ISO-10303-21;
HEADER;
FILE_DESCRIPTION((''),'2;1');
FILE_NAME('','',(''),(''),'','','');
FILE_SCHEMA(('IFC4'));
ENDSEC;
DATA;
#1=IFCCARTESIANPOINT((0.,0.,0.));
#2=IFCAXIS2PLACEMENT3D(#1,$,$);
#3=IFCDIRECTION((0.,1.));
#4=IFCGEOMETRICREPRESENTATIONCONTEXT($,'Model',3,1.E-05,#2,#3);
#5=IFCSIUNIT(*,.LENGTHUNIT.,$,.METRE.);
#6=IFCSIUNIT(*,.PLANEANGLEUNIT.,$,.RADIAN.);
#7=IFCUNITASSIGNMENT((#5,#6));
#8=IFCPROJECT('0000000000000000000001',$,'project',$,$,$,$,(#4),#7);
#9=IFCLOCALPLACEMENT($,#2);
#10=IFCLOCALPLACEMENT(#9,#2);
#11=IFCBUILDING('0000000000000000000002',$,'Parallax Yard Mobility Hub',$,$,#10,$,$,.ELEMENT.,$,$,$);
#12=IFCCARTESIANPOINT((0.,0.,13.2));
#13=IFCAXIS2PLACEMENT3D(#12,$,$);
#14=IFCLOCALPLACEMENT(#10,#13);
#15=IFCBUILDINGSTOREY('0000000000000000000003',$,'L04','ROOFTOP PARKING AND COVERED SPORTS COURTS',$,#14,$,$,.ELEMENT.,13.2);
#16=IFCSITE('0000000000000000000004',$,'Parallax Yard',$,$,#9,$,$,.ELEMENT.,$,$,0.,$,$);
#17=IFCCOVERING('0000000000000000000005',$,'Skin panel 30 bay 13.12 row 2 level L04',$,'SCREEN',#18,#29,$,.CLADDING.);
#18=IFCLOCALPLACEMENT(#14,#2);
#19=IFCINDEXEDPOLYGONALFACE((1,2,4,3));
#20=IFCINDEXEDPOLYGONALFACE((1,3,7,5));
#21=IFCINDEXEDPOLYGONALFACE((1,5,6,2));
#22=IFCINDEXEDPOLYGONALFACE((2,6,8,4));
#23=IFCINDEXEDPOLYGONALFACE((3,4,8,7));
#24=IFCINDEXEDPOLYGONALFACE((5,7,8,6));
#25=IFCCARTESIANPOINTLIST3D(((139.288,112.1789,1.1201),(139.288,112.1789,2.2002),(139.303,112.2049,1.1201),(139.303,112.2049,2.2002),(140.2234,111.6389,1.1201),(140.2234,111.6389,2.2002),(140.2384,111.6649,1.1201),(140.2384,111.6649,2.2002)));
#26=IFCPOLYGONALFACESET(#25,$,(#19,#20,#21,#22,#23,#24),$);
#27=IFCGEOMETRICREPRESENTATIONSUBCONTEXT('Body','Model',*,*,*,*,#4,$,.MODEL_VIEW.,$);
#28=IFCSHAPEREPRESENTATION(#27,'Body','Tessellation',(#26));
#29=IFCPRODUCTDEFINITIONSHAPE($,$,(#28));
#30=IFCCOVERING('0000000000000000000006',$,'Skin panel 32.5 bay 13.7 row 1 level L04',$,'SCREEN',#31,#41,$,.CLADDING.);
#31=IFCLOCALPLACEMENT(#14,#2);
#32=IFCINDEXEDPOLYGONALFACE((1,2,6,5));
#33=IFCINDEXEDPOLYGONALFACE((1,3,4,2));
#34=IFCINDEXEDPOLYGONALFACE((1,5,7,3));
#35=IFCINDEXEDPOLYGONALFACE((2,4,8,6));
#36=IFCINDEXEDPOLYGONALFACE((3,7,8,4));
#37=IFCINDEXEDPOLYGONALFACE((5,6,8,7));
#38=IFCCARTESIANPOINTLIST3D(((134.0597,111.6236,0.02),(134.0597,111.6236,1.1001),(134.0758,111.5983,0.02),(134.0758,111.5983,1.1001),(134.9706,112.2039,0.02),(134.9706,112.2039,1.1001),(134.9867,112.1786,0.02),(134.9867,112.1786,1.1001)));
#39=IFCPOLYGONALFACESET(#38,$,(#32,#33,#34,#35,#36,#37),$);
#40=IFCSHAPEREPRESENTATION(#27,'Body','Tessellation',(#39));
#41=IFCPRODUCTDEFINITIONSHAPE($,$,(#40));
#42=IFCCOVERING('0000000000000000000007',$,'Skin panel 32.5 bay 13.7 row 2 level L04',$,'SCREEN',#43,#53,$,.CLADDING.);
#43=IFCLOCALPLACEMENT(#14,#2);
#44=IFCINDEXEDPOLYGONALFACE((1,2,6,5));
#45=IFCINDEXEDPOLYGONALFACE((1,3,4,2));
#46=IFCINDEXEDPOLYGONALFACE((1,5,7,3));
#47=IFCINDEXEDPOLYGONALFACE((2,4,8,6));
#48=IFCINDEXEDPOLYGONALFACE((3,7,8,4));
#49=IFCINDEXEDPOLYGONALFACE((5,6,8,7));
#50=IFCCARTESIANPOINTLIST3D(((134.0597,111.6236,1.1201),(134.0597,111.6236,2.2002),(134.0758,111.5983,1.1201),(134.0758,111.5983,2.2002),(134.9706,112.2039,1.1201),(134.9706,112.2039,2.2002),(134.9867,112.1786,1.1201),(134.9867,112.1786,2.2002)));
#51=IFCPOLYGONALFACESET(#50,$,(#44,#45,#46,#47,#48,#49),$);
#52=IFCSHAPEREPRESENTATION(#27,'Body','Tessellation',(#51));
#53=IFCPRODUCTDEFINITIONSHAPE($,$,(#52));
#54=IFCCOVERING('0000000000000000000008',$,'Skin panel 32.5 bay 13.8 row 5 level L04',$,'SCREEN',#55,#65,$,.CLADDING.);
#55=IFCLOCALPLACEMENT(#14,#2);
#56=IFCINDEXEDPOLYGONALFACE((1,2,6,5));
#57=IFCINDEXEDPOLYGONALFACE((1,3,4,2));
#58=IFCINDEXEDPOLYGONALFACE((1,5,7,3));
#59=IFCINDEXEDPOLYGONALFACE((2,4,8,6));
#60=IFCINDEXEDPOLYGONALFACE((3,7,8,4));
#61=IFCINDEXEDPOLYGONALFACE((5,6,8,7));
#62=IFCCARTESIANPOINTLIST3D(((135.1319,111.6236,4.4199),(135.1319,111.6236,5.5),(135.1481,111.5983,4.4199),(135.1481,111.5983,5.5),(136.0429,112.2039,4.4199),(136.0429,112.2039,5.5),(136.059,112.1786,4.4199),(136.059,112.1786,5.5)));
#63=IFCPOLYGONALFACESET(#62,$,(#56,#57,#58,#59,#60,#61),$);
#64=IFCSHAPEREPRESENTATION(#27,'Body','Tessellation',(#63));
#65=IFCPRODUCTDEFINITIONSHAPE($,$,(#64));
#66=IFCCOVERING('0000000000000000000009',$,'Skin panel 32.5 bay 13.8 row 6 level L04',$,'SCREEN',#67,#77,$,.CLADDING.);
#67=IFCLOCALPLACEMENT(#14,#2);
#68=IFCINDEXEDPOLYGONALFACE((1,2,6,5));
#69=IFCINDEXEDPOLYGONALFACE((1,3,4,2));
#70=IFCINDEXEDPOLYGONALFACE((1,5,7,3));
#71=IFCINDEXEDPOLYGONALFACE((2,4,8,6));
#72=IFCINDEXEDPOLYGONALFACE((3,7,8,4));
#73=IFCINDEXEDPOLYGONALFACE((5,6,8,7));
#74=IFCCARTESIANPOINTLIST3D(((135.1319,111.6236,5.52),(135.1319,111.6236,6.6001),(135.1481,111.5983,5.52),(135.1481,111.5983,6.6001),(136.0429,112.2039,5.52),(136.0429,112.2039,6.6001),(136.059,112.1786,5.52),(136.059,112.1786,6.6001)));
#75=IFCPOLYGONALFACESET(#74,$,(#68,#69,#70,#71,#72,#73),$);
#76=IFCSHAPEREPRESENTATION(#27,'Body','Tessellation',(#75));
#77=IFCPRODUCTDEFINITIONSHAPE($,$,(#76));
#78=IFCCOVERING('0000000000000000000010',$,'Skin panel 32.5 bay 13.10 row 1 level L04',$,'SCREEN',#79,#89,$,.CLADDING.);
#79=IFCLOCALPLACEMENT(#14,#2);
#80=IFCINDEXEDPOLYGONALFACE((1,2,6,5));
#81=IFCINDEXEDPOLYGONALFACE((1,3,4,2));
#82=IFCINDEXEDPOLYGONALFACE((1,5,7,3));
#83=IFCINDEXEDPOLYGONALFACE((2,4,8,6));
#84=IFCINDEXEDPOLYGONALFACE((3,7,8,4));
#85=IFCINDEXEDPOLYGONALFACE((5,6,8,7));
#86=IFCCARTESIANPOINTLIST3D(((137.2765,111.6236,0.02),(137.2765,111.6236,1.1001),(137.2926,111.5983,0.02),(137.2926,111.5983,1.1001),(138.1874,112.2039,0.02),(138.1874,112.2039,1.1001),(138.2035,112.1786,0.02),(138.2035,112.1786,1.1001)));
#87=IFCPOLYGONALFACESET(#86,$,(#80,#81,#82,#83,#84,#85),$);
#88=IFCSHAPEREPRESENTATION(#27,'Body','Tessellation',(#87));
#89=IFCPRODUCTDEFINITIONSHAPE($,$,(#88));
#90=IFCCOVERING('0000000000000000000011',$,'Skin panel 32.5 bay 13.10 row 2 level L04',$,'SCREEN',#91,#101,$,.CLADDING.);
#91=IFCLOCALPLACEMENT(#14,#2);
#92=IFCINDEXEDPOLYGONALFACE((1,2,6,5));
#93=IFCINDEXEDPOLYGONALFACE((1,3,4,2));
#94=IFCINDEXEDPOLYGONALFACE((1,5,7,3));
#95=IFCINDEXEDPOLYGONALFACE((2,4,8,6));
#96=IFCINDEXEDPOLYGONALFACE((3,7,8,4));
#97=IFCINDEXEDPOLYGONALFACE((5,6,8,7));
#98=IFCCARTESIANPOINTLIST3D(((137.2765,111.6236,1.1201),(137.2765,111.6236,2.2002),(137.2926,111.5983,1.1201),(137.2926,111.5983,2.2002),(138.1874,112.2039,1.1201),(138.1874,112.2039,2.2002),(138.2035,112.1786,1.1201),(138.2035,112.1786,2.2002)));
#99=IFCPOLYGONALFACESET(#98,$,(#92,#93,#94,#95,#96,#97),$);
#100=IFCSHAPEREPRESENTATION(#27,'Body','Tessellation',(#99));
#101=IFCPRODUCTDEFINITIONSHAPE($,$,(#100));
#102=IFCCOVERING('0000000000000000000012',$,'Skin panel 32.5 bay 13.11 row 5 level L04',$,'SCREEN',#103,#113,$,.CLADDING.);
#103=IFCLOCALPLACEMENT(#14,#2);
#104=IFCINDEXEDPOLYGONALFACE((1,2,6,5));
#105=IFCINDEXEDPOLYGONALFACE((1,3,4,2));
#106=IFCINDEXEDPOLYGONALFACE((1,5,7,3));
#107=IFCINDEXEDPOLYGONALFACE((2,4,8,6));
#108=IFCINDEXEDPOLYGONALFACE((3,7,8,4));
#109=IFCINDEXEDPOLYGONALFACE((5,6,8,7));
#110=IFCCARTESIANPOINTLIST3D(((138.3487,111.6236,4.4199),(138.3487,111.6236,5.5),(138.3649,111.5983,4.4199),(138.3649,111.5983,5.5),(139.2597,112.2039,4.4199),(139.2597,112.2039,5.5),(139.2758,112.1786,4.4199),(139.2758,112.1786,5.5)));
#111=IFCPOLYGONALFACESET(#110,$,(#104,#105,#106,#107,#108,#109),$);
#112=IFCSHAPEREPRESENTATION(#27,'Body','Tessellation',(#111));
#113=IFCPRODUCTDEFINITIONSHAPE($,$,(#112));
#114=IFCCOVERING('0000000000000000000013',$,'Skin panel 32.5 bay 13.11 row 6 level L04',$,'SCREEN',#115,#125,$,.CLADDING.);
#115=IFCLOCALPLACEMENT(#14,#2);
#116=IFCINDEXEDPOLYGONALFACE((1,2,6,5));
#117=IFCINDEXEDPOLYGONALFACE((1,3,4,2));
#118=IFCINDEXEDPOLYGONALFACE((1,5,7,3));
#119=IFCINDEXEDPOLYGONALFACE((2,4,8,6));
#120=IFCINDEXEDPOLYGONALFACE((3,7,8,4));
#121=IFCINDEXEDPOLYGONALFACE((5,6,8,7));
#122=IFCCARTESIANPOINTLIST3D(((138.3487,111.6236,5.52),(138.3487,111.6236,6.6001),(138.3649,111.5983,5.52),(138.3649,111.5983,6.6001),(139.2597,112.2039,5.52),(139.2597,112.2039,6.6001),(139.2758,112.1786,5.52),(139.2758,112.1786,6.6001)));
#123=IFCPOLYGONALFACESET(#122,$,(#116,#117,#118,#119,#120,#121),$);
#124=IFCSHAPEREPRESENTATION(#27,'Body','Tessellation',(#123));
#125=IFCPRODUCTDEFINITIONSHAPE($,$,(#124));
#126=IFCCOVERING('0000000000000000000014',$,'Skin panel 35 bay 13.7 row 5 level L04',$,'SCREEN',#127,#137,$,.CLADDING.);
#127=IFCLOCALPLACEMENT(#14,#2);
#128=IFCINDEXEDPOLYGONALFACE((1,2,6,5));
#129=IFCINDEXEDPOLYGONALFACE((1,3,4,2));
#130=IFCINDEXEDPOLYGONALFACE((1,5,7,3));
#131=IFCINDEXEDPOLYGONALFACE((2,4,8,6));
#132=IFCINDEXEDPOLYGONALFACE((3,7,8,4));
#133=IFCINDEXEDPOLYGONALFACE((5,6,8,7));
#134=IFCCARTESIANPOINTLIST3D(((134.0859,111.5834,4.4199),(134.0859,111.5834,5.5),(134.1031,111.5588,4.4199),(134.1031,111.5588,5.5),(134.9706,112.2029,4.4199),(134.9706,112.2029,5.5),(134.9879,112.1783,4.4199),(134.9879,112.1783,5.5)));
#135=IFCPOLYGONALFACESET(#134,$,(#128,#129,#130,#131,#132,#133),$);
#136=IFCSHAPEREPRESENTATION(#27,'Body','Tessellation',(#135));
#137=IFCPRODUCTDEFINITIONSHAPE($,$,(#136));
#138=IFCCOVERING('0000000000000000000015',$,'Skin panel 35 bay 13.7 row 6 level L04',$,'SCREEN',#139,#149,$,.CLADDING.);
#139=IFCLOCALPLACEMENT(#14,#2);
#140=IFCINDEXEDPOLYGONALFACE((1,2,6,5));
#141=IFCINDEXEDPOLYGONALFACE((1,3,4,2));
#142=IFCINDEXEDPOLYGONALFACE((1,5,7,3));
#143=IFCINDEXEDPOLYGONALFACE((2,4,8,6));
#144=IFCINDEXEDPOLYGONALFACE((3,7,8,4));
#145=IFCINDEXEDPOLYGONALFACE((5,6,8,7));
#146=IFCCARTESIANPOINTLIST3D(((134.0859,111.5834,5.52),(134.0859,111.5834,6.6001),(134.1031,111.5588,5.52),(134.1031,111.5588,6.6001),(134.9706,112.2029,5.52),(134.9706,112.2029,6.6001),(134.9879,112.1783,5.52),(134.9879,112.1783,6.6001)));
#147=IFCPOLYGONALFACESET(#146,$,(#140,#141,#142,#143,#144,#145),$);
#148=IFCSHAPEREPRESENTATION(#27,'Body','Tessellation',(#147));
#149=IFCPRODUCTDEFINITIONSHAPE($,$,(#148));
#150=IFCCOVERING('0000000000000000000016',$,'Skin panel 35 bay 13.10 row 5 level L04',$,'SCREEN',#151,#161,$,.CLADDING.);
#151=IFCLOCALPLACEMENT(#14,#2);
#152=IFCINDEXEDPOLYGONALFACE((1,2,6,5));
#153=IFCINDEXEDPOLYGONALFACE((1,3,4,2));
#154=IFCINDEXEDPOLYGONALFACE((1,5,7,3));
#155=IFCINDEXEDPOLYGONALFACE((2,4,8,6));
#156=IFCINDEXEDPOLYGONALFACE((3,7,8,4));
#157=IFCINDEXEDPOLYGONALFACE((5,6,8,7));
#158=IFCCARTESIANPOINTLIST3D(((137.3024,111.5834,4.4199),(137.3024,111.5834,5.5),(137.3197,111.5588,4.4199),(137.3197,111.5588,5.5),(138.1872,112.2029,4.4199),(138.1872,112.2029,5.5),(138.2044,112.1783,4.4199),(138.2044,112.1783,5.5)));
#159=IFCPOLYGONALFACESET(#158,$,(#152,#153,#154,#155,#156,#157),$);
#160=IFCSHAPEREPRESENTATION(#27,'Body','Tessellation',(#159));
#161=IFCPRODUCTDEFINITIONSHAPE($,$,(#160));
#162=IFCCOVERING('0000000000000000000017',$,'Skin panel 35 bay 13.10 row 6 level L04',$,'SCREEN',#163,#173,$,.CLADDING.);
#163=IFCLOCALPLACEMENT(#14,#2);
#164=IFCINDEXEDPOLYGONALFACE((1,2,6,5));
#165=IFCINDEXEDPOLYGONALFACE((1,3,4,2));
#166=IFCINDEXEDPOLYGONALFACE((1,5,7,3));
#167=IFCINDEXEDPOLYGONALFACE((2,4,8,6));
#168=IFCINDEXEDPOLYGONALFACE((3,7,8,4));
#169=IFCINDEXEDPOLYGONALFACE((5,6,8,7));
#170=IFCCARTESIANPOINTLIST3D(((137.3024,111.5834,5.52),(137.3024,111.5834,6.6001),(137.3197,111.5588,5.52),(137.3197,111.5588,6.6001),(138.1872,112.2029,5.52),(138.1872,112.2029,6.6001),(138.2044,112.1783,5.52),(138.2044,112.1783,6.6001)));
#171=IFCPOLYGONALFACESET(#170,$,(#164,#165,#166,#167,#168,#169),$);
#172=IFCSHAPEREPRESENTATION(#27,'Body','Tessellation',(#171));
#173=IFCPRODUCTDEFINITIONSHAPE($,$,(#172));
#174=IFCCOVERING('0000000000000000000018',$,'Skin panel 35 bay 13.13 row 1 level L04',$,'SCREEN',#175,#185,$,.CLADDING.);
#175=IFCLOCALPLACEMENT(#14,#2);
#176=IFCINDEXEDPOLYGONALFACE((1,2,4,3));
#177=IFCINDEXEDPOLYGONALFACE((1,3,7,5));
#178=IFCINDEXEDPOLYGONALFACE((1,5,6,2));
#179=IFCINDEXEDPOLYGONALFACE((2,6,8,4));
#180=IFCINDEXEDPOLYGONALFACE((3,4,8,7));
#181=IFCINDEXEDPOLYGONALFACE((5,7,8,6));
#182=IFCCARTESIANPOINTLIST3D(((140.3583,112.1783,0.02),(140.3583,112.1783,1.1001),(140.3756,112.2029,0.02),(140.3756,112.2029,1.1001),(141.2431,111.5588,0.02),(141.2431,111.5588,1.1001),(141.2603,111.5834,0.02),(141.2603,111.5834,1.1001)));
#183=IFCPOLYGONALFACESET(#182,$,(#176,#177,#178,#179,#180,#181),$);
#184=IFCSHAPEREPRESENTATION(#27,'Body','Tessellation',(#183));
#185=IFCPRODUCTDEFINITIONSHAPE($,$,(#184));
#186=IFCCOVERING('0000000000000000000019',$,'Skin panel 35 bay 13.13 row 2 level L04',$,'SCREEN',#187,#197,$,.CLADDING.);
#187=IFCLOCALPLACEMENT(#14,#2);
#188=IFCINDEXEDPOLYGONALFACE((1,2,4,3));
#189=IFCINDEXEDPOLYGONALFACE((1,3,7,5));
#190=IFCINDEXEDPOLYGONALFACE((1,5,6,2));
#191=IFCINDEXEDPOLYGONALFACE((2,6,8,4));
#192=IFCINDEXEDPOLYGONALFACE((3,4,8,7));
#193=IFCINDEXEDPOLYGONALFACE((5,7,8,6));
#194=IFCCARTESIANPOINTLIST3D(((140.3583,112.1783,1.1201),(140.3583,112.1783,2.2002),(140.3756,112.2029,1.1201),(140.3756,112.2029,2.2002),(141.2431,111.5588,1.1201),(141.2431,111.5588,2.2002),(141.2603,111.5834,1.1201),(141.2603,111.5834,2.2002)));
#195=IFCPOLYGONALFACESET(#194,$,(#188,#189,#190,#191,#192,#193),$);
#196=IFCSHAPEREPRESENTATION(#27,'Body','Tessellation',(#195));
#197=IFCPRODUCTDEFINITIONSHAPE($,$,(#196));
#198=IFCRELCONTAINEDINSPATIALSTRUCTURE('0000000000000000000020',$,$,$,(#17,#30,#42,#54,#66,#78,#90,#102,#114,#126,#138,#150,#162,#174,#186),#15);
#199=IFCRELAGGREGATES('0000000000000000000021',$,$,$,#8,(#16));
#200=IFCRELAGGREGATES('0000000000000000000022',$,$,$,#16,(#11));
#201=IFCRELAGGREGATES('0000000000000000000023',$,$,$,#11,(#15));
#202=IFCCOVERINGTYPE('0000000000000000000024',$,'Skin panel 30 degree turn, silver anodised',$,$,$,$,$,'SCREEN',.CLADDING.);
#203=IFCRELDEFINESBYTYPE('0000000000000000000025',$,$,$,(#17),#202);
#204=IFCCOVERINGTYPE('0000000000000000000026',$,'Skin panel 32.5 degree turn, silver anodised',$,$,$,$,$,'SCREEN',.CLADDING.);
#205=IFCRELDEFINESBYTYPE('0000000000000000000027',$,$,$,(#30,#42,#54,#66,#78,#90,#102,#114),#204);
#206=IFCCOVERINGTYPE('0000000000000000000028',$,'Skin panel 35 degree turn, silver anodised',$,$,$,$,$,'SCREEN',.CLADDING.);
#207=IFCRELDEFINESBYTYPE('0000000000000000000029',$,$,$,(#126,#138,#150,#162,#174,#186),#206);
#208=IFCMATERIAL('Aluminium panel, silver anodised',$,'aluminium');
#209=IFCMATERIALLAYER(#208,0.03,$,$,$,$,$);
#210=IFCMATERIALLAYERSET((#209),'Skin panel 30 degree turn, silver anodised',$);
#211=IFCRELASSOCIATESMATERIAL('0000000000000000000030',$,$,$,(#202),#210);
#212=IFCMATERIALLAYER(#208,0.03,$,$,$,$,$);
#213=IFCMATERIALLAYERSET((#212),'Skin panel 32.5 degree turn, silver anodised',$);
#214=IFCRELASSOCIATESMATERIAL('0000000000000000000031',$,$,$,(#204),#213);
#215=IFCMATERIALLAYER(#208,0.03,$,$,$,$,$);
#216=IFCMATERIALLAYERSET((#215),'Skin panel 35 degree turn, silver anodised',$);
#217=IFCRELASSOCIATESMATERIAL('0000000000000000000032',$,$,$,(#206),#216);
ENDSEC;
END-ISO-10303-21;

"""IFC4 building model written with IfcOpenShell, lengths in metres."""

from ifc_helpers import new_model, si_unit, direction, frame, origin, origin_2d, place, context, subcontext, project, spatial, rectangle, extrude, material, layer, layer_set, type_object, element, save


model = new_model("IFC4")

# Units and contexts
model_context = context("Model", 3, precision=1e-05, world=origin(), true_north=direction((0.0, 1.0)))
body_context = subcontext(model_context, "Body", "Model", "MODEL_VIEW")
ifc_project = project(units=[si_unit("LENGTHUNIT", "METRE"), si_unit("PLANEANGLEUNIT", "RADIAN")], contexts=[model_context])

# Site, building, storey
site_placement = place(None, origin())
site = spatial("IfcSite", under=ifc_project, at=site_placement, Name="Parallax Yard", CompositionType="ELEMENT", RefElevation=0.0)
building_placement = place(site_placement, origin())
building = spatial("IfcBuilding", under=site, at=building_placement, Name="Parallax Yard Mobility Hub", CompositionType="ELEMENT")
storey_placement = place(building_placement, frame((0.0, 0.0, 13.2)))
storey = spatial("IfcBuildingStorey", under=building, at=storey_placement, Name="L04", Description="ROOFTOP PARKING AND COVERED SPORTS COURTS", CompositionType="ELEMENT", Elevation=13.2)

# Coverings
ifc_material = material(Name="Aluminium panel, silver anodised", Category="aluminium")
ifc_layer_1 = layer(ifc_material, 0.03)
ifc_layer_set_1 = layer_set([ifc_layer_1], Name="Skin panel 30 degree turn, silver anodised")
covering_type_1 = type_object("IfcCoveringType", Name="Skin panel 30 degree turn, silver anodised", ElementType="SCREEN", PredefinedType="CLADDING", material=ifc_layer_set_1)
for number, where, z_axis, x_axis, name in (
    (1, (139.7632, 111.9219, 1.1201), (0.0, 0.0, 1.0), (0.866025, -0.5, 0.0), "Skin panel 30 bay 13.12 row 2 level L04"),
):
    element("IfcCovering", number, at=place(storey_placement, frame(where, z_axis=z_axis, x_axis=x_axis)), inside=storey, type_object=covering_type_1, Name=name, ObjectType="SCREEN", PredefinedType="CLADDING", context=body_context, shape_type="SweptSolid", body=[
        extrude(rectangle(XDim=1.0801, YDim=0.03, at=origin_2d()), origin(), (0.0, 0.0, 1.0), 1.0801),
    ])
ifc_layer_2 = layer(ifc_material, 0.03)
ifc_layer_set_2 = layer_set([ifc_layer_2], Name="Skin panel 32.5 degree turn, silver anodised")
covering_type_2 = type_object("IfcCoveringType", Name="Skin panel 32.5 degree turn, silver anodised", ElementType="SCREEN", PredefinedType="CLADDING", material=ifc_layer_set_2)
for number, where, z_axis, x_axis, name in (
    (2, (134.5232, 111.9011, 0.02), (0.0, 0.0, 1.0), (-0.843391, -0.5373, 0.0), "Skin panel 32.5 bay 13.7 row 1 level L04"),
    (3, (134.5232, 111.9011, 1.1201), (0.0, 0.0, 1.0), (-0.843391, -0.5373, 0.0), "Skin panel 32.5 bay 13.7 row 2 level L04"),
    (4, (135.5955, 111.9011, 4.4199), (0.0, 0.0, 1.0), (-0.843391, -0.5373, 0.0), "Skin panel 32.5 bay 13.8 row 5 level L04"),
    (5, (135.5955, 111.9011, 5.52), (0.0, 0.0, 1.0), (-0.843391, -0.5373, 0.0), "Skin panel 32.5 bay 13.8 row 6 level L04"),
    (6, (137.74, 111.9011, 0.02), (0.0, 0.0, 1.0), (-0.843391, -0.5373, 0.0), "Skin panel 32.5 bay 13.10 row 1 level L04"),
    (7, (137.74, 111.9011, 1.1201), (0.0, 0.0, 1.0), (-0.843391, -0.5373, 0.0), "Skin panel 32.5 bay 13.10 row 2 level L04"),
    (8, (138.8123, 111.9011, 4.4199), (0.0, 0.0, 1.0), (-0.843391, -0.5373, 0.0), "Skin panel 32.5 bay 13.11 row 5 level L04"),
    (9, (138.8123, 111.9011, 5.52), (0.0, 0.0, 1.0), (-0.843391, -0.5373, 0.0), "Skin panel 32.5 bay 13.11 row 6 level L04"),
):
    element("IfcCovering", number, at=place(storey_placement, frame(where, z_axis=z_axis, x_axis=x_axis)), inside=storey, type_object=covering_type_2, Name=name, ObjectType="SCREEN", PredefinedType="CLADDING", context=body_context, shape_type="SweptSolid", body=[
        extrude(rectangle(XDim=1.0801, YDim=0.03, at=origin_2d()), origin(), (0.0, 0.0, 1.0), 1.0801),
    ])
ifc_layer_3 = layer(ifc_material, 0.03)
ifc_layer_set_3 = layer_set([ifc_layer_3], Name="Skin panel 35 degree turn, silver anodised")
covering_type_3 = type_object("IfcCoveringType", Name="Skin panel 35 degree turn, silver anodised", ElementType="SCREEN", PredefinedType="CLADDING", material=ifc_layer_set_3)
for number, where, z_axis, x_axis, name in (
    (10, (134.5369, 111.8809, 4.4199), (0.0, 0.0, 1.0), (-0.819152, -0.573576, 0.0), "Skin panel 35 bay 13.7 row 5 level L04"),
    (11, (134.5369, 111.8809, 5.52), (0.0, 0.0, 1.0), (-0.819152, -0.573576, 0.0), "Skin panel 35 bay 13.7 row 6 level L04"),
    (12, (137.7534, 111.8809, 4.4199), (0.0, 0.0, 1.0), (-0.819152, -0.573576, 0.0), "Skin panel 35 bay 13.10 row 5 level L04"),
    (13, (137.7534, 111.8809, 5.52), (0.0, 0.0, 1.0), (-0.819152, -0.573576, 0.0), "Skin panel 35 bay 13.10 row 6 level L04"),
    (14, (140.8093, 111.8809, 0.02), (0.0, 0.0, 1.0), (0.819152, -0.573576, 0.0), "Skin panel 35 bay 13.13 row 1 level L04"),
    (15, (140.8093, 111.8809, 1.1201), (0.0, 0.0, 1.0), (0.819152, -0.573576, 0.0), "Skin panel 35 bay 13.13 row 2 level L04"),
):
    element("IfcCovering", number, at=place(storey_placement, frame(where, z_axis=z_axis, x_axis=x_axis)), inside=storey, type_object=covering_type_3, Name=name, ObjectType="SCREEN", PredefinedType="CLADDING", context=body_context, shape_type="SweptSolid", body=[
        extrude(rectangle(XDim=1.0801, YDim=0.03, at=origin_2d()), origin(), (0.0, 0.0, 1.0), 1.0801),
    ])

save(model, "model.ifc")
